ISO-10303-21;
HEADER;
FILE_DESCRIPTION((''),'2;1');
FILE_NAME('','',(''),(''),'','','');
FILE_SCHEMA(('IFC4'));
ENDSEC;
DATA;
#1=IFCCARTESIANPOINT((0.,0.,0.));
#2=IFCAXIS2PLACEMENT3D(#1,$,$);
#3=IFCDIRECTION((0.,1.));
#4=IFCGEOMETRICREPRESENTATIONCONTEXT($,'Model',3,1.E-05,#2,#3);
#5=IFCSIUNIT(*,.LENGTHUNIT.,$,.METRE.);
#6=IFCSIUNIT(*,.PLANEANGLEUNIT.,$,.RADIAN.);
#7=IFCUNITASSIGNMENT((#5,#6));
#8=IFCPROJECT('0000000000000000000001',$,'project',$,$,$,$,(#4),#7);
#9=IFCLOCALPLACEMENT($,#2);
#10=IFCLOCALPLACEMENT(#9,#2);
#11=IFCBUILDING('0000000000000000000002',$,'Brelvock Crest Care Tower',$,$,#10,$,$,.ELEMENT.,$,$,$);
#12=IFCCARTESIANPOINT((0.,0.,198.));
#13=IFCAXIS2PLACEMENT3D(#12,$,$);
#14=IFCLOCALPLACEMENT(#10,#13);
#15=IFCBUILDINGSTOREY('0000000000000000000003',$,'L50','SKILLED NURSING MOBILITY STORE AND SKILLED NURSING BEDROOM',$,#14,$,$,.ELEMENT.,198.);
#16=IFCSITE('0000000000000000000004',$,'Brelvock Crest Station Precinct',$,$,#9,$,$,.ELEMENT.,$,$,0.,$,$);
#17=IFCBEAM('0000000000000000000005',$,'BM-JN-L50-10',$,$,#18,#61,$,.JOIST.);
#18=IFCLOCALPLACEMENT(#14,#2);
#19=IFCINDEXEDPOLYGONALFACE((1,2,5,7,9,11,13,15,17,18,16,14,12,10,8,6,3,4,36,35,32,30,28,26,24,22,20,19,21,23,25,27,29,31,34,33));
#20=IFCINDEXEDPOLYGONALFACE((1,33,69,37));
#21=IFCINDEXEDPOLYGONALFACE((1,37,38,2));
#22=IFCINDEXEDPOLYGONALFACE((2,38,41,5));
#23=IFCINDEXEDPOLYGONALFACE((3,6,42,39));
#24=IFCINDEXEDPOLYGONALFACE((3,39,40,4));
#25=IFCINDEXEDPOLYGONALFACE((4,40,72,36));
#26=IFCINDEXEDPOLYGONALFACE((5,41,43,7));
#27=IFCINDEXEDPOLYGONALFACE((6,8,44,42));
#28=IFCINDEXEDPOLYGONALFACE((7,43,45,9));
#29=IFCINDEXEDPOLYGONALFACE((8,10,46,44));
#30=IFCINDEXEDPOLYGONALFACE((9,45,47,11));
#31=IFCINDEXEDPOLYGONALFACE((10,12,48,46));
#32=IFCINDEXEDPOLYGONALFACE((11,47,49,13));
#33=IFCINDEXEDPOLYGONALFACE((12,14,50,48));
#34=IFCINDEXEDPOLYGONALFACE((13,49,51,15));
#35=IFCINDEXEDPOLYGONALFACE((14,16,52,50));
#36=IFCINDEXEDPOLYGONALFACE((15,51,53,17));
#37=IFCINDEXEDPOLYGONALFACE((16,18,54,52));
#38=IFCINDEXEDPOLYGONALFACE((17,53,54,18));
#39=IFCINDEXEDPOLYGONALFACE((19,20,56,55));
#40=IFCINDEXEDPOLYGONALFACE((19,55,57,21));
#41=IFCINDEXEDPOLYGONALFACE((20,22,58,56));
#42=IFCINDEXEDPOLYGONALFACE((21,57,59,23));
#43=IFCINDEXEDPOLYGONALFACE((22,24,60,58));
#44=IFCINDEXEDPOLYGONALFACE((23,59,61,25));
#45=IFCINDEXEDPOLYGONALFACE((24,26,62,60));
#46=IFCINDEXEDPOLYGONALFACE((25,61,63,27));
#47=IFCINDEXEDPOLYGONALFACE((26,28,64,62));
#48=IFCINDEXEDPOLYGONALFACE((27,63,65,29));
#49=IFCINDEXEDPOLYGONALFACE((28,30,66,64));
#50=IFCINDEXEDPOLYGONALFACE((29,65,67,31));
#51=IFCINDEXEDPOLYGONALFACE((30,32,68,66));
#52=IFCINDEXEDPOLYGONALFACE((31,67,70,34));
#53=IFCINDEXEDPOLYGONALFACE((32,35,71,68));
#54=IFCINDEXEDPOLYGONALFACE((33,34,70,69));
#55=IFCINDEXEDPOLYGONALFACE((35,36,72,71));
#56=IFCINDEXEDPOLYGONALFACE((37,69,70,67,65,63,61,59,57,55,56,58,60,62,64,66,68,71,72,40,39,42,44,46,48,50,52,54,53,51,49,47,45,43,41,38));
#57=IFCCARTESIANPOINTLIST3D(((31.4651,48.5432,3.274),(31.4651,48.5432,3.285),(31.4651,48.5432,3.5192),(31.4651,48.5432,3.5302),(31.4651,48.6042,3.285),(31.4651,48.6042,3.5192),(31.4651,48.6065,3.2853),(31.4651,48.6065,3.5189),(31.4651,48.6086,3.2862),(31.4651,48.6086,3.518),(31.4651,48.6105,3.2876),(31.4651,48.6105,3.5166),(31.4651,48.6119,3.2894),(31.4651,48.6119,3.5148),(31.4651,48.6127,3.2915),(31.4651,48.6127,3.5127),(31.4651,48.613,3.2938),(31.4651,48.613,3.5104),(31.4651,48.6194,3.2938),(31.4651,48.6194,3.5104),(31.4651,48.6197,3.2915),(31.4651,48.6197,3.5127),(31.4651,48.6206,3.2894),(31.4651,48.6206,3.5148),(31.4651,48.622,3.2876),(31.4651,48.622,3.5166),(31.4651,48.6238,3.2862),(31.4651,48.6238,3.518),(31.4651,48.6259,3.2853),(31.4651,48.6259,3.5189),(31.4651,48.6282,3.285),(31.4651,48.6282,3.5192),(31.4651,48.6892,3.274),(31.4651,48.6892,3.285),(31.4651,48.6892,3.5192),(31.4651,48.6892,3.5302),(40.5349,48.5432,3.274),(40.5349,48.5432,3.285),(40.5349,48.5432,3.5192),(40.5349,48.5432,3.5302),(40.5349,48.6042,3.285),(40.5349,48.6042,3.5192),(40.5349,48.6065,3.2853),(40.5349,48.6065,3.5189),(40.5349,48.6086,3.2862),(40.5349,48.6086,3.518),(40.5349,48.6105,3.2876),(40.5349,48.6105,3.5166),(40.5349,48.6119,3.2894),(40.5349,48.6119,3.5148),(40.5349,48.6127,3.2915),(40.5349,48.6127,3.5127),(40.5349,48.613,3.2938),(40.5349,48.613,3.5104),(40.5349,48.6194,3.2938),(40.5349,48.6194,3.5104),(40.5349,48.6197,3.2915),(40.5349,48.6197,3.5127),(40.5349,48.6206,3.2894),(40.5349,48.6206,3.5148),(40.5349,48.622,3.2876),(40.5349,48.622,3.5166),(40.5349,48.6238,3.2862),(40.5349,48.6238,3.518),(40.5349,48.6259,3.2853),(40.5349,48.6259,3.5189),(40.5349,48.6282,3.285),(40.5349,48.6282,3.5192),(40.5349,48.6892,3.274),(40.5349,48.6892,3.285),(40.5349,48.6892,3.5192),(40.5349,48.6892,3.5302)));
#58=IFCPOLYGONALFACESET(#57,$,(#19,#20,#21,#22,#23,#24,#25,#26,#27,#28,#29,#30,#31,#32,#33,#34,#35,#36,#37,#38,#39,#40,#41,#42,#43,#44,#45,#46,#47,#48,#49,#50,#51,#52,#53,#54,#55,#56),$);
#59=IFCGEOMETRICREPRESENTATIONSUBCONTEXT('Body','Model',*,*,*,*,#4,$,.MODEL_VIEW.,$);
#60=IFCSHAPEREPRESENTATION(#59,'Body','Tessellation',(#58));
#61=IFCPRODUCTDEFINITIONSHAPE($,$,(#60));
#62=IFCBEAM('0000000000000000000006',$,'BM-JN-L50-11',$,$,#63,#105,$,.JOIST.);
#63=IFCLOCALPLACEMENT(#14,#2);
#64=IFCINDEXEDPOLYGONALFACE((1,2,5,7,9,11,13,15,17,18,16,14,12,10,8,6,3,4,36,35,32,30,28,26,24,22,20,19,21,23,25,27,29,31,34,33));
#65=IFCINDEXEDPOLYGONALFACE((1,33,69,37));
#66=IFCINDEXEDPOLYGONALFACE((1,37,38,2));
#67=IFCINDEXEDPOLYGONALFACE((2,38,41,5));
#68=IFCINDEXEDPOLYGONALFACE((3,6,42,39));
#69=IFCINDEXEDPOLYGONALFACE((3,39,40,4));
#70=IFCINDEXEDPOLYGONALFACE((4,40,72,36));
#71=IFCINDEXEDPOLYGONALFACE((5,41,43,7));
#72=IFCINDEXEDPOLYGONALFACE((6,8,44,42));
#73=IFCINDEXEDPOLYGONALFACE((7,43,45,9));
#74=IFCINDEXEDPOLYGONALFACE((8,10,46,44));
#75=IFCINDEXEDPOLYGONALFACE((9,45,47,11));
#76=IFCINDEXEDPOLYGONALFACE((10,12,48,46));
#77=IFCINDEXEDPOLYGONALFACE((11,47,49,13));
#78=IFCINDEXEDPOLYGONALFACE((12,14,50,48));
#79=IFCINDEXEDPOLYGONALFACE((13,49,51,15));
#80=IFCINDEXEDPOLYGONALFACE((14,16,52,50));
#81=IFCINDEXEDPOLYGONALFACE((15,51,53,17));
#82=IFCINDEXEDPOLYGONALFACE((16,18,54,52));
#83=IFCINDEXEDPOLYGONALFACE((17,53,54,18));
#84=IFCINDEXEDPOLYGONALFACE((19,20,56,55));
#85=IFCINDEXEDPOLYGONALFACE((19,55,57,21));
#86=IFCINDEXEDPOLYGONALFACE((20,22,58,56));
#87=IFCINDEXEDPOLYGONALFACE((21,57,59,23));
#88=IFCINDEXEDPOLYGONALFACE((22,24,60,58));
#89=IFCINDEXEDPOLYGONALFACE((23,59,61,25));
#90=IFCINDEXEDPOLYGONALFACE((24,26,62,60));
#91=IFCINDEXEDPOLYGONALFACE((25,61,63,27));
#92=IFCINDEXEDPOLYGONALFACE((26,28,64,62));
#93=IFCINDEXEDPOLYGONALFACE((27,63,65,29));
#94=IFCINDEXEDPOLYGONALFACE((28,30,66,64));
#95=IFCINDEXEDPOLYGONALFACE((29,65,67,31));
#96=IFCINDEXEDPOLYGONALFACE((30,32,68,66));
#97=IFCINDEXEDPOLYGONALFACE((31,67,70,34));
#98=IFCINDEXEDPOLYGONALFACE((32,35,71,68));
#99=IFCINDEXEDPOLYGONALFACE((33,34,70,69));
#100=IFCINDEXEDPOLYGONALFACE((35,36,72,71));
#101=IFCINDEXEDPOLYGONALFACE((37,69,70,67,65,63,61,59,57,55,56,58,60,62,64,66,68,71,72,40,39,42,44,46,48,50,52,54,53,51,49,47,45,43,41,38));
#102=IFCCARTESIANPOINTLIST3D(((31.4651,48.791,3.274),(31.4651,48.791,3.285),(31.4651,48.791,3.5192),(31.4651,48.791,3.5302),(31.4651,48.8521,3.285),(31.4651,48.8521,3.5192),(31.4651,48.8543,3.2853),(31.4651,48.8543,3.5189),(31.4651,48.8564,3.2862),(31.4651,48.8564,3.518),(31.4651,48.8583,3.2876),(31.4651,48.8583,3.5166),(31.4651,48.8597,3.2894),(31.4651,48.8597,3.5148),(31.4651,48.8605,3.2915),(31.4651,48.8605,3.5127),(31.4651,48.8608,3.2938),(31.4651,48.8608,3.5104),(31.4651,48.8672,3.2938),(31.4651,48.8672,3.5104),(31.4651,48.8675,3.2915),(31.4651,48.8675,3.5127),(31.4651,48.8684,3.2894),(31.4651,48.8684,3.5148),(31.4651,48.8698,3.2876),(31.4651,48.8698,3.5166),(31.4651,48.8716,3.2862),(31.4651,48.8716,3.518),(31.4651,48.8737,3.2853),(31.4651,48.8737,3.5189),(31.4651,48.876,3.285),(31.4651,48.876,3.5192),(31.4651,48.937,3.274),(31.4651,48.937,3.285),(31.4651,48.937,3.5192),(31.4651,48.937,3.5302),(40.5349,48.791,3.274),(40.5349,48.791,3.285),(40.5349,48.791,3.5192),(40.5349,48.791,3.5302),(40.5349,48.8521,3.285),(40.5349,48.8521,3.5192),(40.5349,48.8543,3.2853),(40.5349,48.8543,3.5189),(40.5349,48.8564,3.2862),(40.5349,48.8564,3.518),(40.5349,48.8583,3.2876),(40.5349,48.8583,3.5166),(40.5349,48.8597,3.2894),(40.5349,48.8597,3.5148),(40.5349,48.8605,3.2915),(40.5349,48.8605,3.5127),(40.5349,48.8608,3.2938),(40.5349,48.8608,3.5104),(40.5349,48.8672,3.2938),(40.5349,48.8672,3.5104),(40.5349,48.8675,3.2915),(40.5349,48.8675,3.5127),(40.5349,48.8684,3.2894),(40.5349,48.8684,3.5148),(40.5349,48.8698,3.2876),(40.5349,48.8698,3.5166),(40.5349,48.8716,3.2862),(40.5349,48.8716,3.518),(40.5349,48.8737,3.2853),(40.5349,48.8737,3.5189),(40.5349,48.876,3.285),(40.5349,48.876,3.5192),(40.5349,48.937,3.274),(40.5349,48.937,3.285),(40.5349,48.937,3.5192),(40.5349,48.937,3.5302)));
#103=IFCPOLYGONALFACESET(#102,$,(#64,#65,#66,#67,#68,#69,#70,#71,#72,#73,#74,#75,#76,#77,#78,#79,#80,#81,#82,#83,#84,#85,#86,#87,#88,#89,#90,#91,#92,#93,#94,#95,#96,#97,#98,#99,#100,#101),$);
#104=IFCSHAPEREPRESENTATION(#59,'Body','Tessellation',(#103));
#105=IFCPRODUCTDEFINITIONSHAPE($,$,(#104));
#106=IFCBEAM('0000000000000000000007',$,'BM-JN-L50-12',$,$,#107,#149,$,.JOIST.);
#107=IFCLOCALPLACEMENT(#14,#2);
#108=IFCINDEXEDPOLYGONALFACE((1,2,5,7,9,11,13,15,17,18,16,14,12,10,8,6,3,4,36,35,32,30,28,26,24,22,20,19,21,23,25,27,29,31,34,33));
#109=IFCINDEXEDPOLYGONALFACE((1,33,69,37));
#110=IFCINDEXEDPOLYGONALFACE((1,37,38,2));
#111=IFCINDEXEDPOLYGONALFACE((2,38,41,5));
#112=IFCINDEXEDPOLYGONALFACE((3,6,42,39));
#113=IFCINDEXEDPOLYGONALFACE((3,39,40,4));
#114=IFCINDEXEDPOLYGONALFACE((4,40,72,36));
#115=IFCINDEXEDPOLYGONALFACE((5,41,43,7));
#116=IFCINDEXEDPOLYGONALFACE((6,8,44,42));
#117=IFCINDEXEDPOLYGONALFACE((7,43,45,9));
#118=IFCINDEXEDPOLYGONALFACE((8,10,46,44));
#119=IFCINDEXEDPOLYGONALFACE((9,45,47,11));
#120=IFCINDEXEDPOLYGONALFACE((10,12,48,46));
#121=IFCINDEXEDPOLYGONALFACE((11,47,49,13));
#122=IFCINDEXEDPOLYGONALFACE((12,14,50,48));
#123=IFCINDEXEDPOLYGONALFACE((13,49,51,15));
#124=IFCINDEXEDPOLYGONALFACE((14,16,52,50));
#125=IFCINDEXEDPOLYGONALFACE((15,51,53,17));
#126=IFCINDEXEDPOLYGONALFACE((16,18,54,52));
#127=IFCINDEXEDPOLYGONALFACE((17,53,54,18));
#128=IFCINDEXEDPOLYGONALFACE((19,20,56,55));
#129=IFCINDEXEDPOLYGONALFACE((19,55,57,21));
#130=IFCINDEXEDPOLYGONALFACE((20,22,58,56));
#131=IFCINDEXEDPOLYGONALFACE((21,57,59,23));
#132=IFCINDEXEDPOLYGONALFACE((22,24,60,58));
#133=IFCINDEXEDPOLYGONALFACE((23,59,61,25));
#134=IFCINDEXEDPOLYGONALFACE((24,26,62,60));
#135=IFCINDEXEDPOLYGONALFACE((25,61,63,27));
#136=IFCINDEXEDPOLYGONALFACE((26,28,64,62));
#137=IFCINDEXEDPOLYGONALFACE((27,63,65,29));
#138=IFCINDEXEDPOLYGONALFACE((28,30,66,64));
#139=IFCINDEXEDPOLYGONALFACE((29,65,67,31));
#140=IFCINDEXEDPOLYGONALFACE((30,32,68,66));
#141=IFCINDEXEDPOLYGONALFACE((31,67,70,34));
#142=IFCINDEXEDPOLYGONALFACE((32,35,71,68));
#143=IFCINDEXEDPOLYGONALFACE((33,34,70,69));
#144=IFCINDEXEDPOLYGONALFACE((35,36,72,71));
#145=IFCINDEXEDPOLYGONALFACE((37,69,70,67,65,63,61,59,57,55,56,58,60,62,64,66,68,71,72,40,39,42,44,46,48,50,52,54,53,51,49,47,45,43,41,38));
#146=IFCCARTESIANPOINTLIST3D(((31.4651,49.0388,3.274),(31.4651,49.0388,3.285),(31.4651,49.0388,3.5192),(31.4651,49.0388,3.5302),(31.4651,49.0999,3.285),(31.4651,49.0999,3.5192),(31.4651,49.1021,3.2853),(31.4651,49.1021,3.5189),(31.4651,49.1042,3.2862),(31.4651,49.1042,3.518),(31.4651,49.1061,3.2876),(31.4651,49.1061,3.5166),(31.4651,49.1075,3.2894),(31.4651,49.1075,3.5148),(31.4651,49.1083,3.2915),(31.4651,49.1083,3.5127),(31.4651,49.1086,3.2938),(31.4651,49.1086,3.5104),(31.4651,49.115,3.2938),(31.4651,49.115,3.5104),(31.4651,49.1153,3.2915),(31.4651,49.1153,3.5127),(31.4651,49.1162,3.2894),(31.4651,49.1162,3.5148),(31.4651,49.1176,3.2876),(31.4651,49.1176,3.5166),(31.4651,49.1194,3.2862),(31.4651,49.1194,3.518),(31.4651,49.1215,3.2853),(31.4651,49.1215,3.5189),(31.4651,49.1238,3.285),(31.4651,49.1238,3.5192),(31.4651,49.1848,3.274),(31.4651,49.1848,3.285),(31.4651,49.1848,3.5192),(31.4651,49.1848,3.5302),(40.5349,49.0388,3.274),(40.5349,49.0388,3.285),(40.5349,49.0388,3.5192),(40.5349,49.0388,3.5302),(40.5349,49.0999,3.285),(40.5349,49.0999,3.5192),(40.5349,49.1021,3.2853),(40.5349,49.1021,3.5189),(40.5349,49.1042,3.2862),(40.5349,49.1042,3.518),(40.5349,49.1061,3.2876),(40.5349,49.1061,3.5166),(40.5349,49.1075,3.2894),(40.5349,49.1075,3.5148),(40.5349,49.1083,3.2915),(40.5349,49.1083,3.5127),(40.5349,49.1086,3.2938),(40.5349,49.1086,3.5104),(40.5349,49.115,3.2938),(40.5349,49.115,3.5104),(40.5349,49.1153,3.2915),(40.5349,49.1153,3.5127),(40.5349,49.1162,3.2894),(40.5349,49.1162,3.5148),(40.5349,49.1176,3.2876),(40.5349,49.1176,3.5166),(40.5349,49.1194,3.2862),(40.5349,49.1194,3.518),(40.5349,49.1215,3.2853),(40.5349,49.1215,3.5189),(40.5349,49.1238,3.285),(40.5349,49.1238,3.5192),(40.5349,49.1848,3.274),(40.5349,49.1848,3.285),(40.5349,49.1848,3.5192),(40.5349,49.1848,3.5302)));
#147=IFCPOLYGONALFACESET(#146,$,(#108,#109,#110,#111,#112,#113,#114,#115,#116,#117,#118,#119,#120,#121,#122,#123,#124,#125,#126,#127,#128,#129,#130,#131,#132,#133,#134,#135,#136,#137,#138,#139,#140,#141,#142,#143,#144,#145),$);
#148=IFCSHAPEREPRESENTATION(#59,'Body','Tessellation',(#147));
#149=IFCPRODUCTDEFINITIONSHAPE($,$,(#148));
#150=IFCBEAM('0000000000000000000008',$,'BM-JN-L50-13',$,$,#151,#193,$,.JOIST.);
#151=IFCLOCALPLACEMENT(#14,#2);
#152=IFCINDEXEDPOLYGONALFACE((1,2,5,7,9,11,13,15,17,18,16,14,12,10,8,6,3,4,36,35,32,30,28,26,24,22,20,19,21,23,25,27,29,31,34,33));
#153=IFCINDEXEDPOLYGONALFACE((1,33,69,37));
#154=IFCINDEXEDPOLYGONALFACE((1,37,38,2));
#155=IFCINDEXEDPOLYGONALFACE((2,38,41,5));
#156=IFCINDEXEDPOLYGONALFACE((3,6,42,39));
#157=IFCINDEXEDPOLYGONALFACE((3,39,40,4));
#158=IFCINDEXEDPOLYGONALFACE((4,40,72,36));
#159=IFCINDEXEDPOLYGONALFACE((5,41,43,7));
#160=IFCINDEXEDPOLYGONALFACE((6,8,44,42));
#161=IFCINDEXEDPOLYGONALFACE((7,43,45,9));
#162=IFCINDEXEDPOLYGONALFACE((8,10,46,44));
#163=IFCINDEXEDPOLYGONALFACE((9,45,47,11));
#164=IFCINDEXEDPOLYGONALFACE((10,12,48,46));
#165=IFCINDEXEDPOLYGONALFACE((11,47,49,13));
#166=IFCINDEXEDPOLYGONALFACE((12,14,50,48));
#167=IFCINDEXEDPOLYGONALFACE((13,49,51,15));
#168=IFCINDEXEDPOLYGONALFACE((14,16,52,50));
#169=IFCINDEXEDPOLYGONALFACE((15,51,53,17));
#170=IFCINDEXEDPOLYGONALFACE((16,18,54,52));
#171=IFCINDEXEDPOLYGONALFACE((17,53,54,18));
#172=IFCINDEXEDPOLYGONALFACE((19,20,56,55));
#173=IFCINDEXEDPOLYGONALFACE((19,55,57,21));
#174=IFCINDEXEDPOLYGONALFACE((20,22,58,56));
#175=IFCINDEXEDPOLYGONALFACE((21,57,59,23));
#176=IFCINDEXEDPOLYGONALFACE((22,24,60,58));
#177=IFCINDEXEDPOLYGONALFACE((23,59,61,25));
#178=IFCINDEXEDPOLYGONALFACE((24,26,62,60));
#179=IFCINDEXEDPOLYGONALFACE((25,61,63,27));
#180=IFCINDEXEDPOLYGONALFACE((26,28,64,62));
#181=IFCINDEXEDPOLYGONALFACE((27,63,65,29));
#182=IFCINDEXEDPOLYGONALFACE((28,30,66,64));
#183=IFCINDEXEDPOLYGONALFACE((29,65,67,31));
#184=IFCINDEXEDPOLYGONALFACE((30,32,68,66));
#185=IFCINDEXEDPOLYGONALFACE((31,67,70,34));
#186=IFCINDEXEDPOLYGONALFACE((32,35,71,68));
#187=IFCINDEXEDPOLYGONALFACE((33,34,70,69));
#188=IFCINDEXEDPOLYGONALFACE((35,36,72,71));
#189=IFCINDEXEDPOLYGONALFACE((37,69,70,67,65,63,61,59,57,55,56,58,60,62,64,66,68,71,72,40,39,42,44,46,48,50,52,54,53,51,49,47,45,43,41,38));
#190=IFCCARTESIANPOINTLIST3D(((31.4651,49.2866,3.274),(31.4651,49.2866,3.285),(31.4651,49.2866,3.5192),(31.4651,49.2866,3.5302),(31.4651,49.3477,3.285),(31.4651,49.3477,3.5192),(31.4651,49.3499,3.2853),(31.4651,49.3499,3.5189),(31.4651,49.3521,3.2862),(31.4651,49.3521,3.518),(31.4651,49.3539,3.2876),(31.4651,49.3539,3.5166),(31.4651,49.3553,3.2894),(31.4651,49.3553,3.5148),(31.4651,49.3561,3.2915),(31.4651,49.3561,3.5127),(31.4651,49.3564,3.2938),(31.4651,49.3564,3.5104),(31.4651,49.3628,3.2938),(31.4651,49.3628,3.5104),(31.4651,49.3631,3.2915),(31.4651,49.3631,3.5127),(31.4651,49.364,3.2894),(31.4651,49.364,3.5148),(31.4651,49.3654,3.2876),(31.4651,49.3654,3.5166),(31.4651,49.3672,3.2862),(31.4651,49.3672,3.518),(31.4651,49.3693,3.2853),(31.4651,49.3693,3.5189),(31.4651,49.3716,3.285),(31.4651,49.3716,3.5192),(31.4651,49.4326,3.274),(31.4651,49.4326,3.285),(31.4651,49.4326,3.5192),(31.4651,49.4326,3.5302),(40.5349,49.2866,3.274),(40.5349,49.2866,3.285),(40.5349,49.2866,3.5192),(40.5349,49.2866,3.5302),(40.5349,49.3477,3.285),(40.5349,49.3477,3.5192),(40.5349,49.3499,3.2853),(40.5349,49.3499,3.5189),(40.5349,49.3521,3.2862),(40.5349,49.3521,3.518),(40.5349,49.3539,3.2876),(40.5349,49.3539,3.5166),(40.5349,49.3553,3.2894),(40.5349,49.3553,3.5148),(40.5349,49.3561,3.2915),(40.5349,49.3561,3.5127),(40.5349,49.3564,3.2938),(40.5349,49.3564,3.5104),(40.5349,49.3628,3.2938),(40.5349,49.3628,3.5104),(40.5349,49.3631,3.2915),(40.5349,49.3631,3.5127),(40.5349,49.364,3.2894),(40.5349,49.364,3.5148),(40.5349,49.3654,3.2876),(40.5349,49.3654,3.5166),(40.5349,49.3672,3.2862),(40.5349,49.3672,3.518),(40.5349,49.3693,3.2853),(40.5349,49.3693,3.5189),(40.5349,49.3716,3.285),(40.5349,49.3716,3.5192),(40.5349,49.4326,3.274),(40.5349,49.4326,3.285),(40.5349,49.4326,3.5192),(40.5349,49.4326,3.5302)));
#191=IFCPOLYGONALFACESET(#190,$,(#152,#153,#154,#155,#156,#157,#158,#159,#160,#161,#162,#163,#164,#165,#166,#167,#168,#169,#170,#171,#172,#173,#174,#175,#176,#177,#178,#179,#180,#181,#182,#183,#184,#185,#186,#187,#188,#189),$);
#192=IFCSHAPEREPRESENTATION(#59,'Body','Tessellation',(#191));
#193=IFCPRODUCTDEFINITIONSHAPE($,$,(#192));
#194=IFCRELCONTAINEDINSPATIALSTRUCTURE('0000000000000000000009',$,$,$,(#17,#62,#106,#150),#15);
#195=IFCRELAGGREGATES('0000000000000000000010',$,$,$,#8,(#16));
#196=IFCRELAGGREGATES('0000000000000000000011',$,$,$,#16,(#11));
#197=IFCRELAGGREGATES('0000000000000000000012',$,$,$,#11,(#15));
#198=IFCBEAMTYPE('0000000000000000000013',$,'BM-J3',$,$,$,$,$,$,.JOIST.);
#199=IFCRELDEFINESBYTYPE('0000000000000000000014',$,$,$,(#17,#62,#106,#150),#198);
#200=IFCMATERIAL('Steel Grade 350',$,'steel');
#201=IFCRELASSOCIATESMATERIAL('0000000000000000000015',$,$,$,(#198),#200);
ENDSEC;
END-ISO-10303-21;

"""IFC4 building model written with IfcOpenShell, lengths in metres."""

from ifc_helpers import new_model, si_unit, direction, frame, origin, origin_2d, place, context, subcontext, project, spatial, i_section, extrude, source, transform, mapped, material, material_profile, profile_set, type_object, element, save


model = new_model("IFC4")

# Units and contexts
model_context = context("Model", 3, precision=1e-05, world=origin(), true_north=direction((0.0, 1.0)))
body_context = subcontext(model_context, "Body", "Model", "MODEL_VIEW")
ifc_project = project(units=[si_unit("LENGTHUNIT", "METRE"), si_unit("PLANEANGLEUNIT", "RADIAN")], contexts=[model_context])

# Site, building, storey
site_placement = place(None, origin())
site = spatial("IfcSite", under=ifc_project, at=site_placement, Name="Brelvock Crest Station Precinct", CompositionType="ELEMENT", RefElevation=0.0)
building_placement = place(site_placement, origin())
building = spatial("IfcBuilding", under=site, at=building_placement, Name="Brelvock Crest Care Tower", CompositionType="ELEMENT")
storey_placement = place(building_placement, frame((0.0, 0.0, 198.0)))
storey = spatial("IfcBuildingStorey", under=building, at=storey_placement, Name="L50", Description="SKILLED NURSING MOBILITY STORE AND SKILLED NURSING BEDROOM", CompositionType="ELEMENT", Elevation=198.0)

# Shared definitions
ifc_material_1 = material(Name="Steel Grade 350", Category="steel")

# Beams
ifc_material_profile_1 = material_profile(ifc_material_1, i_section(OverallWidth=0.146, OverallDepth=0.2561, WebThickness=0.0063, FlangeThickness=0.011, FilletRadius=0.0088, at=origin_2d()), Name="250UB37.3")
ifc_profile_set_1 = profile_set([ifc_material_profile_1], Name="Steel Grade 350")
beam_type_1 = type_object("IfcBeamType", Name="BM-J3", PredefinedType="JOIST", material=ifc_profile_set_1)
shared_shape_1 = source(origin(), body_context, "Body", "SweptSolid", [
    extrude(i_section(OverallWidth=0.146, OverallDepth=0.2561, WebThickness=0.0063, FlangeThickness=0.011, FilletRadius=0.0088, at=origin_2d()), origin(), (0.0, 0.0, 1.0), 9.0698),
])
for number, where, z_axis, x_axis, name in (
    (1, (31.4651, 48.6162, 3.4021), (1.0, 0.0, 0.0), (0.0, 1.0, 0.0), "BM-JN-L50-10"),
    (2, (31.4651, 48.864, 3.4021), (1.0, 0.0, 0.0), (0.0, 1.0, 0.0), "BM-JN-L50-11"),
    (3, (31.4651, 49.1118, 3.4021), (1.0, 0.0, 0.0), (0.0, 1.0, 0.0), "BM-JN-L50-12"),
    (4, (31.4651, 49.3596, 3.4021), (1.0, 0.0, 0.0), (0.0, 1.0, 0.0), "BM-JN-L50-13"),
):
    element("IfcBeam", number, at=place(storey_placement, frame(where, z_axis=z_axis, x_axis=x_axis)), inside=storey, type_object=beam_type_1, Name=name, PredefinedType="JOIST", context=body_context, shape_type="MappedRepresentation", body=[
        mapped(shared_shape_1, transform((0.0, 0.0, 0.0), x_axis=(1.0, 0.0, 0.0), y_axis=(0.0, 1.0, 0.0), z_axis=(0.0, 0.0, 1.0), scale=1.0)),
    ])

save(model, "model.ifc")
